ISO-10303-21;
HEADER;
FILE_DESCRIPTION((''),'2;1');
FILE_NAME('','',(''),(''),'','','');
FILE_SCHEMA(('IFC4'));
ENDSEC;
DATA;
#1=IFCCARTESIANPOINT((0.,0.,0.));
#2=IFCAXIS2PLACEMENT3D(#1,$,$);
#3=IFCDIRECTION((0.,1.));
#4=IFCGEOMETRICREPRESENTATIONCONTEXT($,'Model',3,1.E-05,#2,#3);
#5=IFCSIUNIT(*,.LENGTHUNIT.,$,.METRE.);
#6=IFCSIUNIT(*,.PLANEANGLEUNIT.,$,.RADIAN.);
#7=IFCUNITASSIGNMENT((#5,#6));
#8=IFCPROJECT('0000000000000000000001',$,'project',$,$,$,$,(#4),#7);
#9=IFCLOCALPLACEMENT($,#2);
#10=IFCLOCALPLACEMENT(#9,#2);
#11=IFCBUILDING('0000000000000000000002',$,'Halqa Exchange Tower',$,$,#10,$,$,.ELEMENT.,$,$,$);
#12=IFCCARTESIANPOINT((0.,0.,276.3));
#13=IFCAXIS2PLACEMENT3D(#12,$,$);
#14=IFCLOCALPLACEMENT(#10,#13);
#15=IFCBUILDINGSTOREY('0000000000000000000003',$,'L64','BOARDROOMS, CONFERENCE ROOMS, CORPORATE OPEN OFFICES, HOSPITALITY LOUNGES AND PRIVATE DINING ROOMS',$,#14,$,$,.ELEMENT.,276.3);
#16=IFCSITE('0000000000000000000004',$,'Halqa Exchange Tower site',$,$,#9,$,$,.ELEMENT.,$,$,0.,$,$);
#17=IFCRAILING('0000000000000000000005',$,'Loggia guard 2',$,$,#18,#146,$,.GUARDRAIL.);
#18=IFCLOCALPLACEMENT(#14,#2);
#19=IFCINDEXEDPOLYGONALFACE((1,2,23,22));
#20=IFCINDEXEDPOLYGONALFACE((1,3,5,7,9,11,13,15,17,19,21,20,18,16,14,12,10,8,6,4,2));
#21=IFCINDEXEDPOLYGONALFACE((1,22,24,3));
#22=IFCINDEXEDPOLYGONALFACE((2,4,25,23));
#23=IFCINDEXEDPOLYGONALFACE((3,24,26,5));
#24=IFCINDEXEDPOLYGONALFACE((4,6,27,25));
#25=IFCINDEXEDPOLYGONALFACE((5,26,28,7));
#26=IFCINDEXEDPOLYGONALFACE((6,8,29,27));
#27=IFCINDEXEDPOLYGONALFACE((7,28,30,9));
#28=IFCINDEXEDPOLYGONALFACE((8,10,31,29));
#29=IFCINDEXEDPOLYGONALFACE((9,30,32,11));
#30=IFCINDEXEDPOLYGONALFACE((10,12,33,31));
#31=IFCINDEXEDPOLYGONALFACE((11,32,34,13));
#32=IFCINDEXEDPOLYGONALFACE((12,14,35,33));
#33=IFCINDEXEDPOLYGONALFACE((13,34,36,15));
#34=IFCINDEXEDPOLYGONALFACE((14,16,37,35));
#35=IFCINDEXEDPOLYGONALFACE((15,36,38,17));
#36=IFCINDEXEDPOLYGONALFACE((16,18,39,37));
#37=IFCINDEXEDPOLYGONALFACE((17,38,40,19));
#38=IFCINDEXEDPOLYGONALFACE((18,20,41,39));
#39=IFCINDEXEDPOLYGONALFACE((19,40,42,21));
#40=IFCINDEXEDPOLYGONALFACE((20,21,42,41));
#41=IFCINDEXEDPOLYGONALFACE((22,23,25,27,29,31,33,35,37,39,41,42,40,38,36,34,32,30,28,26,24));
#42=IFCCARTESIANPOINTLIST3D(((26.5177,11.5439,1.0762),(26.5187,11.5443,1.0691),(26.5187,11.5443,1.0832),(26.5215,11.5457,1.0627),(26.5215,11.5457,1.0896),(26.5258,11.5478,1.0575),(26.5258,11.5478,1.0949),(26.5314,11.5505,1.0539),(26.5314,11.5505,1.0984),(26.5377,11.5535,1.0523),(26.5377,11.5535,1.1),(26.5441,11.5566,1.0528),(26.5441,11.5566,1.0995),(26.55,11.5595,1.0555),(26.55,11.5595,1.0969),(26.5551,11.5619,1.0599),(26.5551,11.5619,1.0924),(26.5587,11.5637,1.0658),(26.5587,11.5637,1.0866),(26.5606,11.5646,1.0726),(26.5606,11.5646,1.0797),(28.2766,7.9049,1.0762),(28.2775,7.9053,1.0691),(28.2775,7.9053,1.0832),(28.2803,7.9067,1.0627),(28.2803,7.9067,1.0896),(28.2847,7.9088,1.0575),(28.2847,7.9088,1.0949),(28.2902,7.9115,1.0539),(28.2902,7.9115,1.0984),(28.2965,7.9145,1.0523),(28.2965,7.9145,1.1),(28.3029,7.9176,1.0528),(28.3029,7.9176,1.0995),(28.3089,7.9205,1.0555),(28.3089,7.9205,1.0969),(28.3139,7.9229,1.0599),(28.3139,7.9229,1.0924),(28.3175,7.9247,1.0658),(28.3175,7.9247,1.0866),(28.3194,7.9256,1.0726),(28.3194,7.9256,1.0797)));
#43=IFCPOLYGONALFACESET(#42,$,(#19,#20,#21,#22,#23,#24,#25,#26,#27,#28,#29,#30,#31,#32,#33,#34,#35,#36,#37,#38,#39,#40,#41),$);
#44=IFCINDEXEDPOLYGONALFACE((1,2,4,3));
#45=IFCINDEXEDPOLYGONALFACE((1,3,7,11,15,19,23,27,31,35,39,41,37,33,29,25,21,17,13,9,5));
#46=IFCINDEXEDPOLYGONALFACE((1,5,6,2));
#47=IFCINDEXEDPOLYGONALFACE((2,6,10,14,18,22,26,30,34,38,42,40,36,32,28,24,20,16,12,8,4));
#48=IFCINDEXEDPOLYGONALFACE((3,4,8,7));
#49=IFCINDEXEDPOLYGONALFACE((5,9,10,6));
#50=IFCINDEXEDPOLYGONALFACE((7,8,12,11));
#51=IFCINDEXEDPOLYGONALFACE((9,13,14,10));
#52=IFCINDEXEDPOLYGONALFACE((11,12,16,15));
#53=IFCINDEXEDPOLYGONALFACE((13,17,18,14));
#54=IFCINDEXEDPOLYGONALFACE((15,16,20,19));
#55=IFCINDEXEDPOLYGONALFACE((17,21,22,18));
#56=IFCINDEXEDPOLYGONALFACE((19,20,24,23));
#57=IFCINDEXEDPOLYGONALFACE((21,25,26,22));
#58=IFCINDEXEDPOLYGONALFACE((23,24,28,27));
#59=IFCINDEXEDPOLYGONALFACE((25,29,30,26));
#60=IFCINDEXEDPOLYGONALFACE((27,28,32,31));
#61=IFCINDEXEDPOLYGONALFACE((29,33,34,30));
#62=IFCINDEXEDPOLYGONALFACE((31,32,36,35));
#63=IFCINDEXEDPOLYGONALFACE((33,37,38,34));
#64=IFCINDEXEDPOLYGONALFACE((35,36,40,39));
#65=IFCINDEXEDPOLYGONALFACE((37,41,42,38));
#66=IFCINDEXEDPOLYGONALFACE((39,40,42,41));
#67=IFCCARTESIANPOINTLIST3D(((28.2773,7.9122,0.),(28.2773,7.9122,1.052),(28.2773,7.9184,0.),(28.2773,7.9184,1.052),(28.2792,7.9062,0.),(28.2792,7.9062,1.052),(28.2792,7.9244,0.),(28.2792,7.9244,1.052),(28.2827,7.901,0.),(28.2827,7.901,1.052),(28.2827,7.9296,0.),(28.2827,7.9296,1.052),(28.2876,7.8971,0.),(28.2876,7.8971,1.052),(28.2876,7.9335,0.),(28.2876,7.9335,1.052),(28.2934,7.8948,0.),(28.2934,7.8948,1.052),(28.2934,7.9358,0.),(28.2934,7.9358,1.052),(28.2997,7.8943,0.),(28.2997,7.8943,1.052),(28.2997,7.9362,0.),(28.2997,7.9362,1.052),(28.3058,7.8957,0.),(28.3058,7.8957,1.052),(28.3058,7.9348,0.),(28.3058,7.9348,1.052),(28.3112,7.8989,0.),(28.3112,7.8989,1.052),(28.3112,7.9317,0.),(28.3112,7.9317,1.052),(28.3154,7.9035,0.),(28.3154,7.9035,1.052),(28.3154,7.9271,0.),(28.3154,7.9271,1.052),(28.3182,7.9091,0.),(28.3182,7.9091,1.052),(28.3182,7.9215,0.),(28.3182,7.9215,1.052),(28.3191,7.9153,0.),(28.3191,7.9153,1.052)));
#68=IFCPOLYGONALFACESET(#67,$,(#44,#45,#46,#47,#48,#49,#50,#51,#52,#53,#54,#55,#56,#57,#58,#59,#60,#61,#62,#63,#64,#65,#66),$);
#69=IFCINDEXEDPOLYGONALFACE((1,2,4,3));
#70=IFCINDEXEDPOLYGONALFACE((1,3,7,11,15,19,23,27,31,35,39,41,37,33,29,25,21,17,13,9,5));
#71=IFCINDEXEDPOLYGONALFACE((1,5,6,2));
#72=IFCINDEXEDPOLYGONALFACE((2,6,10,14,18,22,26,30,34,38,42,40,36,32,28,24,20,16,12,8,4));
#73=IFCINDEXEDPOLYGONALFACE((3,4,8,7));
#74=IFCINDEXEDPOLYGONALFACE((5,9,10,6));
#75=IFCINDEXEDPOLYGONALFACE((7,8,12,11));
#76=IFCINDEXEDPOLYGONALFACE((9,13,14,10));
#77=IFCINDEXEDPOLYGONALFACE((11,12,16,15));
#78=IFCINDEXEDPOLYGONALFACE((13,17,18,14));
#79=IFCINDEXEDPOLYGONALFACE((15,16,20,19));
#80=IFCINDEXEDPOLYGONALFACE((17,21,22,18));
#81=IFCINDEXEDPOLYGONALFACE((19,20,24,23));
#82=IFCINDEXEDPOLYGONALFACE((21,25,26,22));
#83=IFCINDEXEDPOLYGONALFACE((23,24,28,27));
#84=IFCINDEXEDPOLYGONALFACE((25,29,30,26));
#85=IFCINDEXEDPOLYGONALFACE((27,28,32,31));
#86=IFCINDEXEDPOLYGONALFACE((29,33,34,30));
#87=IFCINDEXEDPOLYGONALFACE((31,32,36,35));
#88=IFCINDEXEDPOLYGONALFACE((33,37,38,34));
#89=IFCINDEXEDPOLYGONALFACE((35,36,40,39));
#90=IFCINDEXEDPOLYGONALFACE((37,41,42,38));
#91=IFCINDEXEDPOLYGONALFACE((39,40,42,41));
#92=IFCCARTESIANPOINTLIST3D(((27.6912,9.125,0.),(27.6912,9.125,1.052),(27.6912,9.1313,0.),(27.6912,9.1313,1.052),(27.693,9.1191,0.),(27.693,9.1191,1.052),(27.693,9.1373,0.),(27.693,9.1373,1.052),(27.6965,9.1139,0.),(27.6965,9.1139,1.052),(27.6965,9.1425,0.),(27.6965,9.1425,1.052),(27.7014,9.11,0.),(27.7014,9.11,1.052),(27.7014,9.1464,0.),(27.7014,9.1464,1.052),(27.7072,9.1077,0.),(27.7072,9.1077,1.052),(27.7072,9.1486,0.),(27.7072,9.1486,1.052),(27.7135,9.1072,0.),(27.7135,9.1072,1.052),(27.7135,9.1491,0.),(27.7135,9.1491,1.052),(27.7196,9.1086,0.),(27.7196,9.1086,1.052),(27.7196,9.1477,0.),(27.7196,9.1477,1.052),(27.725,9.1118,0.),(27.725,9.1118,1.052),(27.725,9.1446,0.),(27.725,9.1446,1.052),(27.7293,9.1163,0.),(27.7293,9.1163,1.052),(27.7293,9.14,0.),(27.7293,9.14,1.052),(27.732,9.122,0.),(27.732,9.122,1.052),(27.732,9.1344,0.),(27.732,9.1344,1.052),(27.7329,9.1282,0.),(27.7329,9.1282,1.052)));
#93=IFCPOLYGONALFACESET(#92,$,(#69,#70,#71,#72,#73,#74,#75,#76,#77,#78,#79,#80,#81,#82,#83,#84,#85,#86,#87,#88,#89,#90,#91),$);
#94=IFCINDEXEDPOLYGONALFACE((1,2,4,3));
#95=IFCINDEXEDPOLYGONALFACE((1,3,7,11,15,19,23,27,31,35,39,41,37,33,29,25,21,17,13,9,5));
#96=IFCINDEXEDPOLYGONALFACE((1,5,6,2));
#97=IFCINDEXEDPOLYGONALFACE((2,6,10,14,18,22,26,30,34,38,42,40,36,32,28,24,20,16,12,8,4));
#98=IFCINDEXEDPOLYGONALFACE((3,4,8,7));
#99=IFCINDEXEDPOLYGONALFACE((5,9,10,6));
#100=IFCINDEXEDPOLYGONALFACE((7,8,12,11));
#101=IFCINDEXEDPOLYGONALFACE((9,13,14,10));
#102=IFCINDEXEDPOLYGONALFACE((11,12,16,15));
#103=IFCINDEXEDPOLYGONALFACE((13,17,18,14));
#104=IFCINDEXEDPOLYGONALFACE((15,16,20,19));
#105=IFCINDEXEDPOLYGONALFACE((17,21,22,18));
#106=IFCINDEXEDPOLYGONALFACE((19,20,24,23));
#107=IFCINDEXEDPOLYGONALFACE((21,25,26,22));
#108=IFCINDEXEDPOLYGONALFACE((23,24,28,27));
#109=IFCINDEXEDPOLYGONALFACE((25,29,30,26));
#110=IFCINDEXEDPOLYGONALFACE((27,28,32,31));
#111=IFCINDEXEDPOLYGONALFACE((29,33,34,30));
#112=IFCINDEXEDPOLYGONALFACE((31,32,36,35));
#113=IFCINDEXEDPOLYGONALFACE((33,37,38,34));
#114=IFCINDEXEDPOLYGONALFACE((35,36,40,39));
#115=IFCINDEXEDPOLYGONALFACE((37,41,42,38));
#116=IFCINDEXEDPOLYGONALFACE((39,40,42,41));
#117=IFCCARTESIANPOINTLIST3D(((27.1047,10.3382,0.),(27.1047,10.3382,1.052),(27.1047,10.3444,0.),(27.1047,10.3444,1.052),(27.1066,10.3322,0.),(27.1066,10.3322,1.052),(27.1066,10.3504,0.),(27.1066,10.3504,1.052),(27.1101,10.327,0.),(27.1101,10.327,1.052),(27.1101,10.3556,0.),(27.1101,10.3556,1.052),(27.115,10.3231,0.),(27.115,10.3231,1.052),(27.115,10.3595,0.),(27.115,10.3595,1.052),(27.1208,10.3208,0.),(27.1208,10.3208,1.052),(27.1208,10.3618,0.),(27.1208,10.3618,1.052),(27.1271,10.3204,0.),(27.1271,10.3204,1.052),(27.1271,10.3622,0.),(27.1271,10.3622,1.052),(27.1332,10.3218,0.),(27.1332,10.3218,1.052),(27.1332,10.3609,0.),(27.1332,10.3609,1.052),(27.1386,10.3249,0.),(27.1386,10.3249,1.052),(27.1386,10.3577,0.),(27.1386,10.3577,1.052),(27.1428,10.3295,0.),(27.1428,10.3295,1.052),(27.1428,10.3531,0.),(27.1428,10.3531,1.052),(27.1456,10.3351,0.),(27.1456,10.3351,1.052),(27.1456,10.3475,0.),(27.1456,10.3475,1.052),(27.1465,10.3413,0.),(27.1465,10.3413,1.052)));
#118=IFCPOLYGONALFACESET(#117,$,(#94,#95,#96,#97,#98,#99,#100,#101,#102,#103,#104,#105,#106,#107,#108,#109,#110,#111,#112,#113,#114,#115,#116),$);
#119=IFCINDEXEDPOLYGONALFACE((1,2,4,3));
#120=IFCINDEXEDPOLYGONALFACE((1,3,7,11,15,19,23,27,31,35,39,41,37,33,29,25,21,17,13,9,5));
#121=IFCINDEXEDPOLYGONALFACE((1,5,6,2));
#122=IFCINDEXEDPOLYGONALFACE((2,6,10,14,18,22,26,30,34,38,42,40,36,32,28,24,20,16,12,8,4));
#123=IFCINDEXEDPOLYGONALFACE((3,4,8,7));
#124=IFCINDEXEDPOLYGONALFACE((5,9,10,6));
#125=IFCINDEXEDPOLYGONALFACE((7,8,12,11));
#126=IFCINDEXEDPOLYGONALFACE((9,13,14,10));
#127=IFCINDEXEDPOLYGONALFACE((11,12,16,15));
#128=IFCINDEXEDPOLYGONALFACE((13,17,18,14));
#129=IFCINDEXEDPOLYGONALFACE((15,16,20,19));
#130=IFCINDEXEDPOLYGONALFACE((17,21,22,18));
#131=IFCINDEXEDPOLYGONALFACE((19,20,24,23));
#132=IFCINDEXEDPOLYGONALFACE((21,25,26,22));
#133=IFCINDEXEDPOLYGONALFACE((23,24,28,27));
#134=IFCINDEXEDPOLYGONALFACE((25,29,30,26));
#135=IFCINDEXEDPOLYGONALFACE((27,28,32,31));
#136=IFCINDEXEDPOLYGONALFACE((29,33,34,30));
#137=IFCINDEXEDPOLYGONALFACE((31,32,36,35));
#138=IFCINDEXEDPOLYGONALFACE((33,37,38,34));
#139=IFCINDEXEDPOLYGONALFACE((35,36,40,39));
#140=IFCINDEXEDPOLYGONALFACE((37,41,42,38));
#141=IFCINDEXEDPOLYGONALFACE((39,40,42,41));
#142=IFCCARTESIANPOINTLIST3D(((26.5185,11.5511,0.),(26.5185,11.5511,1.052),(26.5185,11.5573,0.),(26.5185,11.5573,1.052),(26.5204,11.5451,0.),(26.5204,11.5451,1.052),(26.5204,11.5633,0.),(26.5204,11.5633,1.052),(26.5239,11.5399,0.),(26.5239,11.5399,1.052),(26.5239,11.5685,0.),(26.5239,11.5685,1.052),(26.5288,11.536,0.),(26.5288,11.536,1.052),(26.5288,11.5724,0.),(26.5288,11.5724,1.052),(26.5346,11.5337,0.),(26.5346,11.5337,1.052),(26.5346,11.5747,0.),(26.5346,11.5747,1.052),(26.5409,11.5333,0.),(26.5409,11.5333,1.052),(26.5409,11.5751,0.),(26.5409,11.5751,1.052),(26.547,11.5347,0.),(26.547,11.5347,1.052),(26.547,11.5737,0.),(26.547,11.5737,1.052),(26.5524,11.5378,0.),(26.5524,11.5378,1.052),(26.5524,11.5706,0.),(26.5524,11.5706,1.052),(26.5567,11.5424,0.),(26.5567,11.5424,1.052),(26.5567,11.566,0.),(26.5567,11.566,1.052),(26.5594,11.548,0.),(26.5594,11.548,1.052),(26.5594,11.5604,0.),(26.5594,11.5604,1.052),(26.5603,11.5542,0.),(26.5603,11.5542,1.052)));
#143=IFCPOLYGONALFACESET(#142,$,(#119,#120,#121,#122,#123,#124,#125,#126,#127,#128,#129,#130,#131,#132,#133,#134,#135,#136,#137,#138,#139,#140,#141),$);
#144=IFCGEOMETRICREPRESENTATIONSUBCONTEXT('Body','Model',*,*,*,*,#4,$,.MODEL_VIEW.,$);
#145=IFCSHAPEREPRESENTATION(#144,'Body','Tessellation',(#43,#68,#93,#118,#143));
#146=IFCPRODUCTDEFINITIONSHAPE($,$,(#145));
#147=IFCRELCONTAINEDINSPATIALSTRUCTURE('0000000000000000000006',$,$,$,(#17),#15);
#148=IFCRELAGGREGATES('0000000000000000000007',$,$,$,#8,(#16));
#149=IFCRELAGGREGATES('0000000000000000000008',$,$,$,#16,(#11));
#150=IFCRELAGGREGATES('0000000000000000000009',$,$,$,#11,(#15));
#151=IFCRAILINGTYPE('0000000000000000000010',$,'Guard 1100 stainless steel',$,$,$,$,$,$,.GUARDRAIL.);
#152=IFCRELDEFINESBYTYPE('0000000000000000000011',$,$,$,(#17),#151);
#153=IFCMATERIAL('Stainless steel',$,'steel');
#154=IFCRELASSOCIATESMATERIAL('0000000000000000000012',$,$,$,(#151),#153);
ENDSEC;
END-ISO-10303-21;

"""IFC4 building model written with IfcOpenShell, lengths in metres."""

from ifc_helpers import new_model, si_unit, direction, frame, origin, origin_2d, place, context, subcontext, project, spatial, circle, extrude, material, type_object, element, save


model = new_model("IFC4")

# Units and contexts
model_context = context("Model", 3, precision=1e-05, world=origin(), true_north=direction((0.0, 1.0)))
body_context = subcontext(model_context, "Body", "Model", "MODEL_VIEW")
ifc_project = project(units=[si_unit("LENGTHUNIT", "METRE"), si_unit("PLANEANGLEUNIT", "RADIAN")], contexts=[model_context])

# Site, building, storey
site_placement = place(None, origin())
site = spatial("IfcSite", under=ifc_project, at=site_placement, Name="Halqa Exchange Tower site", CompositionType="ELEMENT", RefElevation=0.0)
building_placement = place(site_placement, origin())
building = spatial("IfcBuilding", under=site, at=building_placement, Name="Halqa Exchange Tower", CompositionType="ELEMENT")
storey_placement = place(building_placement, frame((0.0, 0.0, 276.3)))
storey = spatial("IfcBuildingStorey", under=building, at=storey_placement, Name="L64", Description="BOARDROOMS, CONFERENCE ROOMS, CORPORATE OPEN OFFICES, HOSPITALITY LOUNGES AND PRIVATE DINING ROOMS", CompositionType="ELEMENT", Elevation=276.3)

# Railing
ifc_material_1 = material(Name="Stainless steel", Category="steel")
railing_type = type_object("IfcRailingType", Name="Guard 1100 stainless steel", PredefinedType="GUARDRAIL", material=ifc_material_1)
railing_1_placement = place(storey_placement, frame((28.2981, 7.9153, 0.0)))
element("IfcRailing", 1, at=railing_1_placement, inside=storey, type_object=railing_type, Name="Loggia guard 2", PredefinedType="GUARDRAIL", context=body_context, shape_type="SweptSolid", body=[
    extrude(circle(Radius=0.0239, at=origin_2d()), frame((0.0, 0.0, 1.0762), z_axis=(-0.435165, 0.900351, 0.0), x_axis=(-0.900351, -0.435165, 0.0)), (0.0, 0.0, 1.0), 4.0417),
    extrude(circle(Radius=0.021, at=origin_2d()), origin(), (0.0, 0.0, 1.0), 1.052),
    extrude(circle(Radius=0.021, at=origin_2d()), frame((-0.5862, 1.2129, 0.0)), (0.0, 0.0, 1.0), 1.052),
    extrude(circle(Radius=0.021, at=origin_2d()), frame((-1.1726, 2.426, 0.0)), (0.0, 0.0, 1.0), 1.052),
    extrude(circle(Radius=0.021, at=origin_2d()), frame((-1.7588, 3.6389, 0.0)), (0.0, 0.0, 1.0), 1.052),
])

save(model, "model.ifc")
